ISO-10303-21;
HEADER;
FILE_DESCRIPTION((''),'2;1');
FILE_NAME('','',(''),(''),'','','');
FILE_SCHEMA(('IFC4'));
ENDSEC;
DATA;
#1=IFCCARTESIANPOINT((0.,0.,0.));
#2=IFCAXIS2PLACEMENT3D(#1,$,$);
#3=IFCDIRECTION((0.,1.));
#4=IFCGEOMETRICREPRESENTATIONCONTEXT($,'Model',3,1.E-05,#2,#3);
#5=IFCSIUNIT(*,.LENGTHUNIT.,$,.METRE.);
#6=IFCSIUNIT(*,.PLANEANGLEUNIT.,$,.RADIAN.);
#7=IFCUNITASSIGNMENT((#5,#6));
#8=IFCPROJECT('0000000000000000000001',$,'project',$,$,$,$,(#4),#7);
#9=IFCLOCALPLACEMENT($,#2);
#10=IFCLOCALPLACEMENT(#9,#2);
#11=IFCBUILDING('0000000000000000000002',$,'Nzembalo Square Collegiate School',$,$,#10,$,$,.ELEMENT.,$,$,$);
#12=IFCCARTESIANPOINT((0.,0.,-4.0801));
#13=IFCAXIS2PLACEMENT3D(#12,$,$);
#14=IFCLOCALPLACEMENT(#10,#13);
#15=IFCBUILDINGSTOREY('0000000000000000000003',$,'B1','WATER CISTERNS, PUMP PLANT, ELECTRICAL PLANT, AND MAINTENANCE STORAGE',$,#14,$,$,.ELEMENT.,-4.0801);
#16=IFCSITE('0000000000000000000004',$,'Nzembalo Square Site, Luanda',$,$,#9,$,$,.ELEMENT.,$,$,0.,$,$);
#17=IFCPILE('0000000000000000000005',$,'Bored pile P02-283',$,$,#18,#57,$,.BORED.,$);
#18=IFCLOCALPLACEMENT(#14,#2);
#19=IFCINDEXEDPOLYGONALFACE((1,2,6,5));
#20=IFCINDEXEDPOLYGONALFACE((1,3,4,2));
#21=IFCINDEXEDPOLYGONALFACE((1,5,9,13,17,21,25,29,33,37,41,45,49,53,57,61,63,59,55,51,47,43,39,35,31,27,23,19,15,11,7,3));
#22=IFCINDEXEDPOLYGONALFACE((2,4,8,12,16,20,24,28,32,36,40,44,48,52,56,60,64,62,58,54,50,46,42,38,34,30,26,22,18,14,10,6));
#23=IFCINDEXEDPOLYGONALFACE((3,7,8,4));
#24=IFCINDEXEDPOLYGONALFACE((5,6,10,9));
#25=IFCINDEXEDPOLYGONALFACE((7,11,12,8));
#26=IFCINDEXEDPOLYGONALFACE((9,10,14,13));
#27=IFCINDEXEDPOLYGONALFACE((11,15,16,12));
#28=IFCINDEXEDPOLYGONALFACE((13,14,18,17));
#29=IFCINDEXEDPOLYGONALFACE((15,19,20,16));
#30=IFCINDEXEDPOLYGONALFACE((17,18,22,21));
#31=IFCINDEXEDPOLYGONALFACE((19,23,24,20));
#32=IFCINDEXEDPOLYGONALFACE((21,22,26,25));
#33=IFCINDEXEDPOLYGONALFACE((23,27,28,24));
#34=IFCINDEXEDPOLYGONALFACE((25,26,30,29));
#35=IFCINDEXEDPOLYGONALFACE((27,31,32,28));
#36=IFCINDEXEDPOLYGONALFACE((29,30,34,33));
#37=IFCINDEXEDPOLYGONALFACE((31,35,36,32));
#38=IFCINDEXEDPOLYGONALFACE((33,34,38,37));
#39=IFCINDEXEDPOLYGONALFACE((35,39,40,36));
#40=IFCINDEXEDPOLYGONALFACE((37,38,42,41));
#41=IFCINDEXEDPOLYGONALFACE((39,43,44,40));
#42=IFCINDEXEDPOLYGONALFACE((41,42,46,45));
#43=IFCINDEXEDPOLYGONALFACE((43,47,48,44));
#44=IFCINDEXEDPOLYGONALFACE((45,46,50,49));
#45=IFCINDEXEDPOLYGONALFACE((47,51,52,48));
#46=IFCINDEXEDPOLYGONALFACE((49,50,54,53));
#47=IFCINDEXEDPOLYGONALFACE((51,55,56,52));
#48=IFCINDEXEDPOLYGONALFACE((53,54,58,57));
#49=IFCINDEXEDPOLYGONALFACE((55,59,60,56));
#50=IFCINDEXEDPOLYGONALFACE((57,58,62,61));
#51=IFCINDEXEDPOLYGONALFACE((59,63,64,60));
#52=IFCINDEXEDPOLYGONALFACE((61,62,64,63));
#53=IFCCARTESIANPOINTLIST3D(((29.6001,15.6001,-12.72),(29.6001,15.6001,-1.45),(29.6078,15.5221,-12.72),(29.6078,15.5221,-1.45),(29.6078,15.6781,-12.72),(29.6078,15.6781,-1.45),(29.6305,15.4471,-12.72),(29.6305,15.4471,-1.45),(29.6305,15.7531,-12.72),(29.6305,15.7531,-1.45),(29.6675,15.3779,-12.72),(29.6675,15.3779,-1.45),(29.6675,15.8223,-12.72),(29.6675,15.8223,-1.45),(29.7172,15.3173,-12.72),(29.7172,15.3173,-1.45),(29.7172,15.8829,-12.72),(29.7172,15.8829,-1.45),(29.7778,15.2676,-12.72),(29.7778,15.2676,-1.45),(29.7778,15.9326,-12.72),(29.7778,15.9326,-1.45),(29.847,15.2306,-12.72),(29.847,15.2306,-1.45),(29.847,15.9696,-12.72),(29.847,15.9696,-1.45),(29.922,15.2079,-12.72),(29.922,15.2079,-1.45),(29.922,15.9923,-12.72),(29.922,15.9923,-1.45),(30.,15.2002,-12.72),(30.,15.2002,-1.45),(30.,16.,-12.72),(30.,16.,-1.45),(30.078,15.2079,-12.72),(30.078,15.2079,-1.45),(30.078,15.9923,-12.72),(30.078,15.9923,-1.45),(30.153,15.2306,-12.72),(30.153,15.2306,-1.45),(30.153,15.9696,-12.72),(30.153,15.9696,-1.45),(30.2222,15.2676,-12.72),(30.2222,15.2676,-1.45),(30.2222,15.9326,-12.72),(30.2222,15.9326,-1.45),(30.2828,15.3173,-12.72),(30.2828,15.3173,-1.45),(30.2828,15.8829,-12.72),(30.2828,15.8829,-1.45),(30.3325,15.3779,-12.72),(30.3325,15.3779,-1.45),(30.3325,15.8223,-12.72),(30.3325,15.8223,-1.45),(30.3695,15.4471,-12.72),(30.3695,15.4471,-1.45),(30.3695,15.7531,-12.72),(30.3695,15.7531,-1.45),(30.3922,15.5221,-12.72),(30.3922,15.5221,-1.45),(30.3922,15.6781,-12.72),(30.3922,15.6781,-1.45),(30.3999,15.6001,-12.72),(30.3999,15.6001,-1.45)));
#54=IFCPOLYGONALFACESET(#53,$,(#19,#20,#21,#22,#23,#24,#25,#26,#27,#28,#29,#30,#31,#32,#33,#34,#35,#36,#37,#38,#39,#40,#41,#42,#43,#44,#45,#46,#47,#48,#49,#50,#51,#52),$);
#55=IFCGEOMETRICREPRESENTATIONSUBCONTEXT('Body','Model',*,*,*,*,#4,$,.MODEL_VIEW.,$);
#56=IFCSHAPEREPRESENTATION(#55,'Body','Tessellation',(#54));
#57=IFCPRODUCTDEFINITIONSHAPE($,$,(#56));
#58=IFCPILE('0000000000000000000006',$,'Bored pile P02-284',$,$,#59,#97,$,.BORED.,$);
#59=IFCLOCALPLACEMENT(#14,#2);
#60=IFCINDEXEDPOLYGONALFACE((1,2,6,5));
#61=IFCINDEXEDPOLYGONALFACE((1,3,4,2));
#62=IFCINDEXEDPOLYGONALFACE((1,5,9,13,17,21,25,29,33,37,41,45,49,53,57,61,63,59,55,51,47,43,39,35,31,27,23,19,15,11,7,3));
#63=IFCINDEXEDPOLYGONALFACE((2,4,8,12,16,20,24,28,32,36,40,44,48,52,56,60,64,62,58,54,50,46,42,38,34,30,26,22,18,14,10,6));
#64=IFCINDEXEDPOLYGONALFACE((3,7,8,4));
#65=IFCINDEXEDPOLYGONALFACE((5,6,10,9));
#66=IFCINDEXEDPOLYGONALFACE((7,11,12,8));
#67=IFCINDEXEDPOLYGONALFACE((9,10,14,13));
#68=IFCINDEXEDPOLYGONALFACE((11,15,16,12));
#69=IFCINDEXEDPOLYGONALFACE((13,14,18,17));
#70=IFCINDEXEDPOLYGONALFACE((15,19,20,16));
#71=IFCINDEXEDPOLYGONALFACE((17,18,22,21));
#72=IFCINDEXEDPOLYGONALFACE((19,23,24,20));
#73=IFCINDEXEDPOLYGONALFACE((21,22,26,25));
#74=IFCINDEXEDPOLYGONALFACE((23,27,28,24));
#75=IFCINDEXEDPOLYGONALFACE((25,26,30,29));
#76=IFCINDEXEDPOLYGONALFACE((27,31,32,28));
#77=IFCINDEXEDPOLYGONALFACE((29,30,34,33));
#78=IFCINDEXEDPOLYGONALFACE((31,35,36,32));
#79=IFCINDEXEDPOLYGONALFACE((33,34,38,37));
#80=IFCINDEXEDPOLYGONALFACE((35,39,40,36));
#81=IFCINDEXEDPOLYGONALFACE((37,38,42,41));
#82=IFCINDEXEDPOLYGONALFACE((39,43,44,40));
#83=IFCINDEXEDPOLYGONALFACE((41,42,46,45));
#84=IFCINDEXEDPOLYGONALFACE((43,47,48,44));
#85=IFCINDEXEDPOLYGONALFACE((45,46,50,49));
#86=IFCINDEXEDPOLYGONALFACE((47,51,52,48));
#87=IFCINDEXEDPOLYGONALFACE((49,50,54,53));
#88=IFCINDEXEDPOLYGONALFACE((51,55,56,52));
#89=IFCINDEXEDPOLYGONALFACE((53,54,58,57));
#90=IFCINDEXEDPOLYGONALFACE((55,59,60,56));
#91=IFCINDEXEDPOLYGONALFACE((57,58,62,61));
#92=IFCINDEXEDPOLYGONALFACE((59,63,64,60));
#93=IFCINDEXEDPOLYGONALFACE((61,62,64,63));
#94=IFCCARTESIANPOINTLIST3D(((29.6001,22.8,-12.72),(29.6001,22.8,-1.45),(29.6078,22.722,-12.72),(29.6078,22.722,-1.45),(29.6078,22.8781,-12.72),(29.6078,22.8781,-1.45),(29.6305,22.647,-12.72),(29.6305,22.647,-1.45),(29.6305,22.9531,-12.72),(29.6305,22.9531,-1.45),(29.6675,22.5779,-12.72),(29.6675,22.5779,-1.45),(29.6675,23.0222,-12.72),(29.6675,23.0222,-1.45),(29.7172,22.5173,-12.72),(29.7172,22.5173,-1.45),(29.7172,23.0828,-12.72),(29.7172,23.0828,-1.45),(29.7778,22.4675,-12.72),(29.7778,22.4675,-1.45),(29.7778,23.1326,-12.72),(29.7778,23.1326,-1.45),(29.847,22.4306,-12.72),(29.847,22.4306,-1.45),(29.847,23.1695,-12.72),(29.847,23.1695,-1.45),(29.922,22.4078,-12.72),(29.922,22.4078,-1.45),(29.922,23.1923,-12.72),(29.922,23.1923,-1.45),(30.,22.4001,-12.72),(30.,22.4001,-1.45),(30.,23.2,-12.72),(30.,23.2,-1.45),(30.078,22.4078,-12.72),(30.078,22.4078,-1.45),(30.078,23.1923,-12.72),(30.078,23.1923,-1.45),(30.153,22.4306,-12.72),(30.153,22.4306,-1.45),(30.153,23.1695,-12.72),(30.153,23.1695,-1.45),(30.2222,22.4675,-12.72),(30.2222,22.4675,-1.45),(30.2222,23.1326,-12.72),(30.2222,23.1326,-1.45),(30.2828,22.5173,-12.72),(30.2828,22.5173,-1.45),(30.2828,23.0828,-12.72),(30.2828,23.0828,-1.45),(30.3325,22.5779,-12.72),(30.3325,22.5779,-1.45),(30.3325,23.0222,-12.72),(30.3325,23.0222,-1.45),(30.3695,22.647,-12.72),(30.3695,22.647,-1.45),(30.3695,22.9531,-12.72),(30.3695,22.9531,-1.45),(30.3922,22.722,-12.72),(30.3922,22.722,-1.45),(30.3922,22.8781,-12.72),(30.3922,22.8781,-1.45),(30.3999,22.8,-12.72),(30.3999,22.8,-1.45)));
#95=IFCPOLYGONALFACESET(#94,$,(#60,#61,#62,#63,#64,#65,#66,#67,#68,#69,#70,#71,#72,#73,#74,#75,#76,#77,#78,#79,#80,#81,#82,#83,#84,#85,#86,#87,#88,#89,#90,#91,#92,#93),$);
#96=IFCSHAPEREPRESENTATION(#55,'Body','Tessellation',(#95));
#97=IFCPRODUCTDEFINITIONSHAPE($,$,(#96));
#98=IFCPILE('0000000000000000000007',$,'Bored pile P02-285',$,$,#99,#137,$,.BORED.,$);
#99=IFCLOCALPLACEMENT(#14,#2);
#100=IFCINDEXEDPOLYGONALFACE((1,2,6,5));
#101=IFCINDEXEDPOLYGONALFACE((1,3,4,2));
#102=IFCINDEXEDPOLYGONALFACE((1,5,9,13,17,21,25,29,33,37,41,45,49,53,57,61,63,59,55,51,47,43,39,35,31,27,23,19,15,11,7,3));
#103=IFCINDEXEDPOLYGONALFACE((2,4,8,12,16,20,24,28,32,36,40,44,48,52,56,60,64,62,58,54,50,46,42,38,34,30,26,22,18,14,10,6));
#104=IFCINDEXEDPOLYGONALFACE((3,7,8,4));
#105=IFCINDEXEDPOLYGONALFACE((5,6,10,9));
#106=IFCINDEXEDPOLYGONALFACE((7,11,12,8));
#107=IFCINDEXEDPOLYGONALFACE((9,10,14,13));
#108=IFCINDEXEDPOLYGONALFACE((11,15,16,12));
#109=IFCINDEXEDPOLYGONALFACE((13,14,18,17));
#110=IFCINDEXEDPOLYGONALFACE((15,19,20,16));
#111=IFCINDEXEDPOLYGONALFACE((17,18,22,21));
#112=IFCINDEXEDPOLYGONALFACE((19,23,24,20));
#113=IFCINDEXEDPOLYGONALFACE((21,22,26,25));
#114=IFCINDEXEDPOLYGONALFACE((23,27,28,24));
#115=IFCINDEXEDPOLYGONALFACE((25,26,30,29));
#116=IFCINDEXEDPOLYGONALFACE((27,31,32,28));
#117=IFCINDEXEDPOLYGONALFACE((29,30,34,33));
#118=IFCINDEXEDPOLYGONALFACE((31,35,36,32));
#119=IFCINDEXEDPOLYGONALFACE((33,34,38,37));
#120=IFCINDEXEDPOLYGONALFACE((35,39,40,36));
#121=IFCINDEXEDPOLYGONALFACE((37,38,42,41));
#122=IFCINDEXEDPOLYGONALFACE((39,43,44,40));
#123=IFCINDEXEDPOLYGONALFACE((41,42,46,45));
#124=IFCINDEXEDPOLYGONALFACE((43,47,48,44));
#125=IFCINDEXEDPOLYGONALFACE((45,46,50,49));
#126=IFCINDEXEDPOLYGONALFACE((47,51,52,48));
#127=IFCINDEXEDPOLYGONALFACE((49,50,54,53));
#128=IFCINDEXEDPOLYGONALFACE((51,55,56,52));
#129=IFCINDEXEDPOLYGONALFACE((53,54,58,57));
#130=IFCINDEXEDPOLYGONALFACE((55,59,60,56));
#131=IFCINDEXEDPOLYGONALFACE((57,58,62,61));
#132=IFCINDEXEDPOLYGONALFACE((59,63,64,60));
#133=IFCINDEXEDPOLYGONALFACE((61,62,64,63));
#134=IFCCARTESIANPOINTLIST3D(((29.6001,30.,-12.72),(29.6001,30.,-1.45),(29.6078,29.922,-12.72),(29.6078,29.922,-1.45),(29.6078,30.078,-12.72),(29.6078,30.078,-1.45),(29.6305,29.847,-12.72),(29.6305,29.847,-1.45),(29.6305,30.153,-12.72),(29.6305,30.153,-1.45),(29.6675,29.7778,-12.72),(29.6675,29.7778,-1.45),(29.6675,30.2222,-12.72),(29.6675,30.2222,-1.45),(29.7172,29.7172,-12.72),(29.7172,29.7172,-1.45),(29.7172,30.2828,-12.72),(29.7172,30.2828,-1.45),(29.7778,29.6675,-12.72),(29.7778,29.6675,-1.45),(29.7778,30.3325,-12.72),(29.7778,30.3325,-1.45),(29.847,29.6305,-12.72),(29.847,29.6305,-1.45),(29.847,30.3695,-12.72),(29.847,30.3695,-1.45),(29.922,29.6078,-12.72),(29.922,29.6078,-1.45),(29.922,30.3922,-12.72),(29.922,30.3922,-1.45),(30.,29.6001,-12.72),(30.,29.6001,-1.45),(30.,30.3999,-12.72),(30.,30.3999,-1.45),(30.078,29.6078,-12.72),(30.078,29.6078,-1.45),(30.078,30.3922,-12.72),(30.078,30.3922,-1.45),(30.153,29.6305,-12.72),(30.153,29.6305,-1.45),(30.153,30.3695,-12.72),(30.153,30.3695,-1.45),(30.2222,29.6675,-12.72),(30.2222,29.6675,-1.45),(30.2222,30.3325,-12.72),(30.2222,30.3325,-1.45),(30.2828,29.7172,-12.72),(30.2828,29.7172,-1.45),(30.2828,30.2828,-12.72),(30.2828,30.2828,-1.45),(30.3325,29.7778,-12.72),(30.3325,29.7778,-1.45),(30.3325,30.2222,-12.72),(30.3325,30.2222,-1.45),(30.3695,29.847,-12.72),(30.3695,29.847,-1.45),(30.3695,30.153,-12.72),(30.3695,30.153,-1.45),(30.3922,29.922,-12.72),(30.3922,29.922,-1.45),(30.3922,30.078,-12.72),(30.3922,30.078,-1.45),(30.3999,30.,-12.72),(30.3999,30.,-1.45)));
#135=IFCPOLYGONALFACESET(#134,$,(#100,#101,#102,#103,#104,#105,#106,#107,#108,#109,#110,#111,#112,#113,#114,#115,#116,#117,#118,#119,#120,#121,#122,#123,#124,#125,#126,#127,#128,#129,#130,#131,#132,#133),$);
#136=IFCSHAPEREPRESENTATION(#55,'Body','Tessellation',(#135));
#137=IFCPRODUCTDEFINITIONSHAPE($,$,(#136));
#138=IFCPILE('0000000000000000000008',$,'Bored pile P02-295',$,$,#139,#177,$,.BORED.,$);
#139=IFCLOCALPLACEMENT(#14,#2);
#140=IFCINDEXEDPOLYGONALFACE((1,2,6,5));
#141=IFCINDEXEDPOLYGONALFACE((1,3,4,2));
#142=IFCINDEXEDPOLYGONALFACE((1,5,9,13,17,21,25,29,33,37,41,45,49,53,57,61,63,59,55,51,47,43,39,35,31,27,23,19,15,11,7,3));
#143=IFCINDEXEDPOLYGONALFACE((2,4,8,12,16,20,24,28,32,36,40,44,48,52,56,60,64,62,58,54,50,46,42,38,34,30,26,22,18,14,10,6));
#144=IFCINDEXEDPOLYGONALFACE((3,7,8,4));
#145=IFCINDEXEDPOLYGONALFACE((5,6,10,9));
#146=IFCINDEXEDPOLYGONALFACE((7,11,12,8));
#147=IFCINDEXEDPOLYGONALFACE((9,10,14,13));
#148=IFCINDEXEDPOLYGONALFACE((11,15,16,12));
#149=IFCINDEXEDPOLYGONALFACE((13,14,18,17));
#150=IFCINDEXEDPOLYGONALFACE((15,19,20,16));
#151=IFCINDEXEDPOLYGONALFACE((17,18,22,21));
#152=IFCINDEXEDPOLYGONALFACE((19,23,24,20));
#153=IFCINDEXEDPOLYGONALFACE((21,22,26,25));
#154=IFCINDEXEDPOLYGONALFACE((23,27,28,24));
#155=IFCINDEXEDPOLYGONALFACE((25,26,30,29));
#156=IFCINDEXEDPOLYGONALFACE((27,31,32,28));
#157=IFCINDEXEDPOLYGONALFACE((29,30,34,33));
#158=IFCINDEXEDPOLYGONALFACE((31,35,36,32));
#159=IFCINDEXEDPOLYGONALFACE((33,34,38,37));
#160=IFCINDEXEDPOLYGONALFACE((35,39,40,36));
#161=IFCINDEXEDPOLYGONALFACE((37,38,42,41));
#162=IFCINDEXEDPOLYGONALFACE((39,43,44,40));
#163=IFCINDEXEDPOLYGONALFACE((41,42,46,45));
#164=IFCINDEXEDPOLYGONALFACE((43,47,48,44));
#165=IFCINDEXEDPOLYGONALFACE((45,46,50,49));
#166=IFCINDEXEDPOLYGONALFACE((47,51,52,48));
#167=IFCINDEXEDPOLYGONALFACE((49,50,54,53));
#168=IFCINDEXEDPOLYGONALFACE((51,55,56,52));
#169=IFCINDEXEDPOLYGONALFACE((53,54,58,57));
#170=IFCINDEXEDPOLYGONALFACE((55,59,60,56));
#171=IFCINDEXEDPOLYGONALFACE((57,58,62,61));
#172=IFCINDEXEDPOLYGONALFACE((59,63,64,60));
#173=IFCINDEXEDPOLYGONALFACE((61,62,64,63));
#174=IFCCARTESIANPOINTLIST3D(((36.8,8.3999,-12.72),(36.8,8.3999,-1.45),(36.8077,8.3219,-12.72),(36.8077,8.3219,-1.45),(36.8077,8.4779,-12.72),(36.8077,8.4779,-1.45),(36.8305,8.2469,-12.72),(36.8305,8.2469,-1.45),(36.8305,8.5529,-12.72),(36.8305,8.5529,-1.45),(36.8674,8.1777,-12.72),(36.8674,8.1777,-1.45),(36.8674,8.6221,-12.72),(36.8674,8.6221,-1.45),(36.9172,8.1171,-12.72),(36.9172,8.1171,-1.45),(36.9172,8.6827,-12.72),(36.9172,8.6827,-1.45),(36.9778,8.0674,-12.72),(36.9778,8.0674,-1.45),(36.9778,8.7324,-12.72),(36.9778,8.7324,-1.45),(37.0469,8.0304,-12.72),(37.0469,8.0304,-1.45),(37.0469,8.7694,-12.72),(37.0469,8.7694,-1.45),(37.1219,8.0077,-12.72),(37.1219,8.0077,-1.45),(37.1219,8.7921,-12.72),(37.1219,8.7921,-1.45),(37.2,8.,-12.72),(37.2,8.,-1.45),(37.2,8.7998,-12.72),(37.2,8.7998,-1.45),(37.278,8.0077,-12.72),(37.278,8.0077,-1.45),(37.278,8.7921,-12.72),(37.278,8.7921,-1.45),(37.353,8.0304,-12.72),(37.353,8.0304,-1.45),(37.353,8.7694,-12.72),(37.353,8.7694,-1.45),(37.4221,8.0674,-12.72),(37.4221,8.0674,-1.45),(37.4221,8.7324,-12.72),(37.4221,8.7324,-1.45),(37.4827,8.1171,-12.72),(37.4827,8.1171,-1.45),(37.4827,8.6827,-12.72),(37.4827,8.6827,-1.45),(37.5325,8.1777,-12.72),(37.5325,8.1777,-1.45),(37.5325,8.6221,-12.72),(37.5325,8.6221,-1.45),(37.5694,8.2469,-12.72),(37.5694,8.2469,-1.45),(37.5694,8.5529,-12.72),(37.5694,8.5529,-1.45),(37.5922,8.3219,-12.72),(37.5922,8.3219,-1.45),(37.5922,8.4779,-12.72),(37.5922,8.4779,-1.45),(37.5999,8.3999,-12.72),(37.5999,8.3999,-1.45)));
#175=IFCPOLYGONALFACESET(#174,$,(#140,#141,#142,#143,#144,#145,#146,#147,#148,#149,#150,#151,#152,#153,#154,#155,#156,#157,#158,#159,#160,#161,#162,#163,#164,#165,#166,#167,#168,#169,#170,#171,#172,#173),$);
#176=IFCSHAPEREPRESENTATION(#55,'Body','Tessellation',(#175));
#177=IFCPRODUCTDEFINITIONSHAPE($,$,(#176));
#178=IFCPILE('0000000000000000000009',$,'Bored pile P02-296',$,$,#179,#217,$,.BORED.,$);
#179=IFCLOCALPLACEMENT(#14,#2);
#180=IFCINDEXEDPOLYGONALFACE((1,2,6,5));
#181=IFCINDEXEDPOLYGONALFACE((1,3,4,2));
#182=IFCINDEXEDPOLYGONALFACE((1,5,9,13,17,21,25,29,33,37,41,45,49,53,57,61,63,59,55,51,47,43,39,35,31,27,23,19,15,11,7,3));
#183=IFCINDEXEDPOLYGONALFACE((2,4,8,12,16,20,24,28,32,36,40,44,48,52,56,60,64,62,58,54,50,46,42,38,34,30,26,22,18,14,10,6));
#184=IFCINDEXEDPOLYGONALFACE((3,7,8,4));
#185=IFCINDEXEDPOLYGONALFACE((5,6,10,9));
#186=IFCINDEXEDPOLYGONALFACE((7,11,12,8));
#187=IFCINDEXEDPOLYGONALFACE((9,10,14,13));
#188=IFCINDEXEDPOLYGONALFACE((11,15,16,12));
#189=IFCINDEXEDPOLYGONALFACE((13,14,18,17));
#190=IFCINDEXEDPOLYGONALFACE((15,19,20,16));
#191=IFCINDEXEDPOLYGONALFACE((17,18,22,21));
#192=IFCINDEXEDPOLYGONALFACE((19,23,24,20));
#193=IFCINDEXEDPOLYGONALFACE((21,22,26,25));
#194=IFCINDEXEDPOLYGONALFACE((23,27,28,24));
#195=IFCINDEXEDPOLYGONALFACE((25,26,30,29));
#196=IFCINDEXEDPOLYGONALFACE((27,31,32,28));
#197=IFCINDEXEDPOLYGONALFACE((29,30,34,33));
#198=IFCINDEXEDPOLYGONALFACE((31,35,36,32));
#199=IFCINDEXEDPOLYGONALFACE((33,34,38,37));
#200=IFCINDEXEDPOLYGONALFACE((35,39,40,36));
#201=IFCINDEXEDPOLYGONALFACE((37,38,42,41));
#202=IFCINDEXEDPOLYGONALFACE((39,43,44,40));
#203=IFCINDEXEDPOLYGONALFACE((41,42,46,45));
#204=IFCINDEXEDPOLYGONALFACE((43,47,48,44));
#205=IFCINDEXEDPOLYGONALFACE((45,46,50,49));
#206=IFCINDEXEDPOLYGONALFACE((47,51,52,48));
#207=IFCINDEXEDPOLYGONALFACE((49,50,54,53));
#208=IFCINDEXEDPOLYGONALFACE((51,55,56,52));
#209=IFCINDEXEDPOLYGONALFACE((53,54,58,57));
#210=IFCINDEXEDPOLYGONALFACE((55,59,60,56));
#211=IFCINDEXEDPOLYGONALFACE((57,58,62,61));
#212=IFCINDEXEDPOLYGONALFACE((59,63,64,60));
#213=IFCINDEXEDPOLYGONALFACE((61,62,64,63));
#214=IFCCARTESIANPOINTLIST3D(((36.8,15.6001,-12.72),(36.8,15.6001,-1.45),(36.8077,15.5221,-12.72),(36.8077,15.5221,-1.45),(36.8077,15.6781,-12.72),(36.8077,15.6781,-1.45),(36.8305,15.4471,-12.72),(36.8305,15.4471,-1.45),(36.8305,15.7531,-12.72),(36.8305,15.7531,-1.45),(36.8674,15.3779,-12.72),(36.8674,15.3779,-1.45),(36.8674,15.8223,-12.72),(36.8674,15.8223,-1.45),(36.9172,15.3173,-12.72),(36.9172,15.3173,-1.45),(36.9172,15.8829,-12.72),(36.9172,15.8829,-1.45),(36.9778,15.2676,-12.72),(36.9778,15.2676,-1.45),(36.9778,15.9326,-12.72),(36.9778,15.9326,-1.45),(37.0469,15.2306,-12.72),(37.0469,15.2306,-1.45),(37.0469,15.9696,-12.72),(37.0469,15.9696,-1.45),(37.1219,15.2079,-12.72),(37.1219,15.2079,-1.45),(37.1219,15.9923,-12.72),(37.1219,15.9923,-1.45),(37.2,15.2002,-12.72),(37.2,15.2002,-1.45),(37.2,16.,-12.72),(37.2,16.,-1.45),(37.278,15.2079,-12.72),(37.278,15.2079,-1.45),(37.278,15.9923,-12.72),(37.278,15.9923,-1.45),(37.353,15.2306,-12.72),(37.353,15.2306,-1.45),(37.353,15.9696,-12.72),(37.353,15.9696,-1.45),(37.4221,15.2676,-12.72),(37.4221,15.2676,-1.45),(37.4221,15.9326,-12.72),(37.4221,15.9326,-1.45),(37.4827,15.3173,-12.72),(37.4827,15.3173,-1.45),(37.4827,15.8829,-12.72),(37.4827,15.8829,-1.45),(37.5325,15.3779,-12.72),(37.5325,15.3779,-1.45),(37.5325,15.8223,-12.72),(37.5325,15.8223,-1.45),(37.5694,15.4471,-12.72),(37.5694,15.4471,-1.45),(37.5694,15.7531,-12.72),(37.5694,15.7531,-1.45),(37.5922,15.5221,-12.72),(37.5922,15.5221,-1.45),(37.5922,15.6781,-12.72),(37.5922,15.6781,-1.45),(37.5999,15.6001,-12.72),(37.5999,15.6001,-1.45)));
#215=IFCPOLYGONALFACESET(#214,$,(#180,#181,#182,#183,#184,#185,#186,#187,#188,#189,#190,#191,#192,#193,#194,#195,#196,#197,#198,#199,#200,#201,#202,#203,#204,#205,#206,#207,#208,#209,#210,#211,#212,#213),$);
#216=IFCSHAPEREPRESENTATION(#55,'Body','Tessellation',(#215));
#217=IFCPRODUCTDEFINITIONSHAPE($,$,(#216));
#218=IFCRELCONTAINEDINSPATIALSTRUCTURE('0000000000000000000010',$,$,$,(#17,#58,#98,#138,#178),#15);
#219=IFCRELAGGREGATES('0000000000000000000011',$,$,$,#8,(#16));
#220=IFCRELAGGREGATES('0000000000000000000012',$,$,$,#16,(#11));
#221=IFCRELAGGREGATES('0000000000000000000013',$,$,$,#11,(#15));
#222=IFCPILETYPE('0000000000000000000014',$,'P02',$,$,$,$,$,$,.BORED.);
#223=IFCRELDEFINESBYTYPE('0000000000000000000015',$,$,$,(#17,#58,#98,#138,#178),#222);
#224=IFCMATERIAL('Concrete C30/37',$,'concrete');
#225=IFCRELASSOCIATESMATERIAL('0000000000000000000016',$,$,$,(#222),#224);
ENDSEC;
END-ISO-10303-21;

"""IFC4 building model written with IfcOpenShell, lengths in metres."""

from ifc_helpers import new_model, si_unit, direction, frame, origin, origin_2d, place, context, subcontext, project, spatial, circle, extrude, material, material_profile, profile_set, type_object, element, save


model = new_model("IFC4")

# Units and contexts
model_context = context("Model", 3, precision=1e-05, world=origin(), true_north=direction((0.0, 1.0)))
body_context = subcontext(model_context, "Body", "Model", "MODEL_VIEW")
ifc_project = project(units=[si_unit("LENGTHUNIT", "METRE"), si_unit("PLANEANGLEUNIT", "RADIAN")], contexts=[model_context])

# Site, building, storey
site_placement = place(None, origin())
site = spatial("IfcSite", under=ifc_project, at=site_placement, Name="Nzembalo Square Site, Luanda", CompositionType="ELEMENT", RefElevation=0.0)
building_placement = place(site_placement, origin())
building = spatial("IfcBuilding", under=site, at=building_placement, Name="Nzembalo Square Collegiate School", CompositionType="ELEMENT")
storey_placement = place(building_placement, frame((0.0, 0.0, -4.0801)))
storey = spatial("IfcBuildingStorey", under=building, at=storey_placement, Name="B1", Description="WATER CISTERNS, PUMP PLANT, ELECTRICAL PLANT, AND MAINTENANCE STORAGE", CompositionType="ELEMENT", Elevation=-4.0801)

# Piles
ifc_material_1 = material(Name="Concrete C30/37", Category="concrete")
ifc_material_profile_1 = material_profile(ifc_material_1, circle(Radius=0.3999, at=origin_2d()), Name="PILE D800")
ifc_profile_set_1 = profile_set([ifc_material_profile_1], Name="Concrete C30/37")
pile_type = type_object("IfcPileType", Name="P02", PredefinedType="BORED", material=ifc_profile_set_1)
for number, where, z_axis, x_axis, name in (
    (1, (30.0, 15.6001, -1.45), (0.0, 0.0, -1.0), (1.0, 0.0, 0.0), "Bored pile P02-283"),
    (2, (30.0, 22.8, -1.45), (0.0, 0.0, -1.0), (1.0, 0.0, 0.0), "Bored pile P02-284"),
    (3, (30.0, 30.0, -1.45), (0.0, 0.0, -1.0), (1.0, 0.0, 0.0), "Bored pile P02-285"),
    (4, (37.2, 8.3999, -1.45), (0.0, 0.0, -1.0), (1.0, 0.0, 0.0), "Bored pile P02-295"),
    (5, (37.2, 15.6001, -1.45), (0.0, 0.0, -1.0), (1.0, 0.0, 0.0), "Bored pile P02-296"),
):
    element("IfcPile", number, at=place(storey_placement, frame(where, z_axis=z_axis, x_axis=x_axis)), inside=storey, type_object=pile_type, Name=name, PredefinedType="BORED", context=body_context, shape_type="SweptSolid", body=[
        extrude(circle(Radius=0.3999, at=origin_2d()), origin(), (0.0, 0.0, 1.0), 11.27),
    ])

save(model, "model.ifc")
